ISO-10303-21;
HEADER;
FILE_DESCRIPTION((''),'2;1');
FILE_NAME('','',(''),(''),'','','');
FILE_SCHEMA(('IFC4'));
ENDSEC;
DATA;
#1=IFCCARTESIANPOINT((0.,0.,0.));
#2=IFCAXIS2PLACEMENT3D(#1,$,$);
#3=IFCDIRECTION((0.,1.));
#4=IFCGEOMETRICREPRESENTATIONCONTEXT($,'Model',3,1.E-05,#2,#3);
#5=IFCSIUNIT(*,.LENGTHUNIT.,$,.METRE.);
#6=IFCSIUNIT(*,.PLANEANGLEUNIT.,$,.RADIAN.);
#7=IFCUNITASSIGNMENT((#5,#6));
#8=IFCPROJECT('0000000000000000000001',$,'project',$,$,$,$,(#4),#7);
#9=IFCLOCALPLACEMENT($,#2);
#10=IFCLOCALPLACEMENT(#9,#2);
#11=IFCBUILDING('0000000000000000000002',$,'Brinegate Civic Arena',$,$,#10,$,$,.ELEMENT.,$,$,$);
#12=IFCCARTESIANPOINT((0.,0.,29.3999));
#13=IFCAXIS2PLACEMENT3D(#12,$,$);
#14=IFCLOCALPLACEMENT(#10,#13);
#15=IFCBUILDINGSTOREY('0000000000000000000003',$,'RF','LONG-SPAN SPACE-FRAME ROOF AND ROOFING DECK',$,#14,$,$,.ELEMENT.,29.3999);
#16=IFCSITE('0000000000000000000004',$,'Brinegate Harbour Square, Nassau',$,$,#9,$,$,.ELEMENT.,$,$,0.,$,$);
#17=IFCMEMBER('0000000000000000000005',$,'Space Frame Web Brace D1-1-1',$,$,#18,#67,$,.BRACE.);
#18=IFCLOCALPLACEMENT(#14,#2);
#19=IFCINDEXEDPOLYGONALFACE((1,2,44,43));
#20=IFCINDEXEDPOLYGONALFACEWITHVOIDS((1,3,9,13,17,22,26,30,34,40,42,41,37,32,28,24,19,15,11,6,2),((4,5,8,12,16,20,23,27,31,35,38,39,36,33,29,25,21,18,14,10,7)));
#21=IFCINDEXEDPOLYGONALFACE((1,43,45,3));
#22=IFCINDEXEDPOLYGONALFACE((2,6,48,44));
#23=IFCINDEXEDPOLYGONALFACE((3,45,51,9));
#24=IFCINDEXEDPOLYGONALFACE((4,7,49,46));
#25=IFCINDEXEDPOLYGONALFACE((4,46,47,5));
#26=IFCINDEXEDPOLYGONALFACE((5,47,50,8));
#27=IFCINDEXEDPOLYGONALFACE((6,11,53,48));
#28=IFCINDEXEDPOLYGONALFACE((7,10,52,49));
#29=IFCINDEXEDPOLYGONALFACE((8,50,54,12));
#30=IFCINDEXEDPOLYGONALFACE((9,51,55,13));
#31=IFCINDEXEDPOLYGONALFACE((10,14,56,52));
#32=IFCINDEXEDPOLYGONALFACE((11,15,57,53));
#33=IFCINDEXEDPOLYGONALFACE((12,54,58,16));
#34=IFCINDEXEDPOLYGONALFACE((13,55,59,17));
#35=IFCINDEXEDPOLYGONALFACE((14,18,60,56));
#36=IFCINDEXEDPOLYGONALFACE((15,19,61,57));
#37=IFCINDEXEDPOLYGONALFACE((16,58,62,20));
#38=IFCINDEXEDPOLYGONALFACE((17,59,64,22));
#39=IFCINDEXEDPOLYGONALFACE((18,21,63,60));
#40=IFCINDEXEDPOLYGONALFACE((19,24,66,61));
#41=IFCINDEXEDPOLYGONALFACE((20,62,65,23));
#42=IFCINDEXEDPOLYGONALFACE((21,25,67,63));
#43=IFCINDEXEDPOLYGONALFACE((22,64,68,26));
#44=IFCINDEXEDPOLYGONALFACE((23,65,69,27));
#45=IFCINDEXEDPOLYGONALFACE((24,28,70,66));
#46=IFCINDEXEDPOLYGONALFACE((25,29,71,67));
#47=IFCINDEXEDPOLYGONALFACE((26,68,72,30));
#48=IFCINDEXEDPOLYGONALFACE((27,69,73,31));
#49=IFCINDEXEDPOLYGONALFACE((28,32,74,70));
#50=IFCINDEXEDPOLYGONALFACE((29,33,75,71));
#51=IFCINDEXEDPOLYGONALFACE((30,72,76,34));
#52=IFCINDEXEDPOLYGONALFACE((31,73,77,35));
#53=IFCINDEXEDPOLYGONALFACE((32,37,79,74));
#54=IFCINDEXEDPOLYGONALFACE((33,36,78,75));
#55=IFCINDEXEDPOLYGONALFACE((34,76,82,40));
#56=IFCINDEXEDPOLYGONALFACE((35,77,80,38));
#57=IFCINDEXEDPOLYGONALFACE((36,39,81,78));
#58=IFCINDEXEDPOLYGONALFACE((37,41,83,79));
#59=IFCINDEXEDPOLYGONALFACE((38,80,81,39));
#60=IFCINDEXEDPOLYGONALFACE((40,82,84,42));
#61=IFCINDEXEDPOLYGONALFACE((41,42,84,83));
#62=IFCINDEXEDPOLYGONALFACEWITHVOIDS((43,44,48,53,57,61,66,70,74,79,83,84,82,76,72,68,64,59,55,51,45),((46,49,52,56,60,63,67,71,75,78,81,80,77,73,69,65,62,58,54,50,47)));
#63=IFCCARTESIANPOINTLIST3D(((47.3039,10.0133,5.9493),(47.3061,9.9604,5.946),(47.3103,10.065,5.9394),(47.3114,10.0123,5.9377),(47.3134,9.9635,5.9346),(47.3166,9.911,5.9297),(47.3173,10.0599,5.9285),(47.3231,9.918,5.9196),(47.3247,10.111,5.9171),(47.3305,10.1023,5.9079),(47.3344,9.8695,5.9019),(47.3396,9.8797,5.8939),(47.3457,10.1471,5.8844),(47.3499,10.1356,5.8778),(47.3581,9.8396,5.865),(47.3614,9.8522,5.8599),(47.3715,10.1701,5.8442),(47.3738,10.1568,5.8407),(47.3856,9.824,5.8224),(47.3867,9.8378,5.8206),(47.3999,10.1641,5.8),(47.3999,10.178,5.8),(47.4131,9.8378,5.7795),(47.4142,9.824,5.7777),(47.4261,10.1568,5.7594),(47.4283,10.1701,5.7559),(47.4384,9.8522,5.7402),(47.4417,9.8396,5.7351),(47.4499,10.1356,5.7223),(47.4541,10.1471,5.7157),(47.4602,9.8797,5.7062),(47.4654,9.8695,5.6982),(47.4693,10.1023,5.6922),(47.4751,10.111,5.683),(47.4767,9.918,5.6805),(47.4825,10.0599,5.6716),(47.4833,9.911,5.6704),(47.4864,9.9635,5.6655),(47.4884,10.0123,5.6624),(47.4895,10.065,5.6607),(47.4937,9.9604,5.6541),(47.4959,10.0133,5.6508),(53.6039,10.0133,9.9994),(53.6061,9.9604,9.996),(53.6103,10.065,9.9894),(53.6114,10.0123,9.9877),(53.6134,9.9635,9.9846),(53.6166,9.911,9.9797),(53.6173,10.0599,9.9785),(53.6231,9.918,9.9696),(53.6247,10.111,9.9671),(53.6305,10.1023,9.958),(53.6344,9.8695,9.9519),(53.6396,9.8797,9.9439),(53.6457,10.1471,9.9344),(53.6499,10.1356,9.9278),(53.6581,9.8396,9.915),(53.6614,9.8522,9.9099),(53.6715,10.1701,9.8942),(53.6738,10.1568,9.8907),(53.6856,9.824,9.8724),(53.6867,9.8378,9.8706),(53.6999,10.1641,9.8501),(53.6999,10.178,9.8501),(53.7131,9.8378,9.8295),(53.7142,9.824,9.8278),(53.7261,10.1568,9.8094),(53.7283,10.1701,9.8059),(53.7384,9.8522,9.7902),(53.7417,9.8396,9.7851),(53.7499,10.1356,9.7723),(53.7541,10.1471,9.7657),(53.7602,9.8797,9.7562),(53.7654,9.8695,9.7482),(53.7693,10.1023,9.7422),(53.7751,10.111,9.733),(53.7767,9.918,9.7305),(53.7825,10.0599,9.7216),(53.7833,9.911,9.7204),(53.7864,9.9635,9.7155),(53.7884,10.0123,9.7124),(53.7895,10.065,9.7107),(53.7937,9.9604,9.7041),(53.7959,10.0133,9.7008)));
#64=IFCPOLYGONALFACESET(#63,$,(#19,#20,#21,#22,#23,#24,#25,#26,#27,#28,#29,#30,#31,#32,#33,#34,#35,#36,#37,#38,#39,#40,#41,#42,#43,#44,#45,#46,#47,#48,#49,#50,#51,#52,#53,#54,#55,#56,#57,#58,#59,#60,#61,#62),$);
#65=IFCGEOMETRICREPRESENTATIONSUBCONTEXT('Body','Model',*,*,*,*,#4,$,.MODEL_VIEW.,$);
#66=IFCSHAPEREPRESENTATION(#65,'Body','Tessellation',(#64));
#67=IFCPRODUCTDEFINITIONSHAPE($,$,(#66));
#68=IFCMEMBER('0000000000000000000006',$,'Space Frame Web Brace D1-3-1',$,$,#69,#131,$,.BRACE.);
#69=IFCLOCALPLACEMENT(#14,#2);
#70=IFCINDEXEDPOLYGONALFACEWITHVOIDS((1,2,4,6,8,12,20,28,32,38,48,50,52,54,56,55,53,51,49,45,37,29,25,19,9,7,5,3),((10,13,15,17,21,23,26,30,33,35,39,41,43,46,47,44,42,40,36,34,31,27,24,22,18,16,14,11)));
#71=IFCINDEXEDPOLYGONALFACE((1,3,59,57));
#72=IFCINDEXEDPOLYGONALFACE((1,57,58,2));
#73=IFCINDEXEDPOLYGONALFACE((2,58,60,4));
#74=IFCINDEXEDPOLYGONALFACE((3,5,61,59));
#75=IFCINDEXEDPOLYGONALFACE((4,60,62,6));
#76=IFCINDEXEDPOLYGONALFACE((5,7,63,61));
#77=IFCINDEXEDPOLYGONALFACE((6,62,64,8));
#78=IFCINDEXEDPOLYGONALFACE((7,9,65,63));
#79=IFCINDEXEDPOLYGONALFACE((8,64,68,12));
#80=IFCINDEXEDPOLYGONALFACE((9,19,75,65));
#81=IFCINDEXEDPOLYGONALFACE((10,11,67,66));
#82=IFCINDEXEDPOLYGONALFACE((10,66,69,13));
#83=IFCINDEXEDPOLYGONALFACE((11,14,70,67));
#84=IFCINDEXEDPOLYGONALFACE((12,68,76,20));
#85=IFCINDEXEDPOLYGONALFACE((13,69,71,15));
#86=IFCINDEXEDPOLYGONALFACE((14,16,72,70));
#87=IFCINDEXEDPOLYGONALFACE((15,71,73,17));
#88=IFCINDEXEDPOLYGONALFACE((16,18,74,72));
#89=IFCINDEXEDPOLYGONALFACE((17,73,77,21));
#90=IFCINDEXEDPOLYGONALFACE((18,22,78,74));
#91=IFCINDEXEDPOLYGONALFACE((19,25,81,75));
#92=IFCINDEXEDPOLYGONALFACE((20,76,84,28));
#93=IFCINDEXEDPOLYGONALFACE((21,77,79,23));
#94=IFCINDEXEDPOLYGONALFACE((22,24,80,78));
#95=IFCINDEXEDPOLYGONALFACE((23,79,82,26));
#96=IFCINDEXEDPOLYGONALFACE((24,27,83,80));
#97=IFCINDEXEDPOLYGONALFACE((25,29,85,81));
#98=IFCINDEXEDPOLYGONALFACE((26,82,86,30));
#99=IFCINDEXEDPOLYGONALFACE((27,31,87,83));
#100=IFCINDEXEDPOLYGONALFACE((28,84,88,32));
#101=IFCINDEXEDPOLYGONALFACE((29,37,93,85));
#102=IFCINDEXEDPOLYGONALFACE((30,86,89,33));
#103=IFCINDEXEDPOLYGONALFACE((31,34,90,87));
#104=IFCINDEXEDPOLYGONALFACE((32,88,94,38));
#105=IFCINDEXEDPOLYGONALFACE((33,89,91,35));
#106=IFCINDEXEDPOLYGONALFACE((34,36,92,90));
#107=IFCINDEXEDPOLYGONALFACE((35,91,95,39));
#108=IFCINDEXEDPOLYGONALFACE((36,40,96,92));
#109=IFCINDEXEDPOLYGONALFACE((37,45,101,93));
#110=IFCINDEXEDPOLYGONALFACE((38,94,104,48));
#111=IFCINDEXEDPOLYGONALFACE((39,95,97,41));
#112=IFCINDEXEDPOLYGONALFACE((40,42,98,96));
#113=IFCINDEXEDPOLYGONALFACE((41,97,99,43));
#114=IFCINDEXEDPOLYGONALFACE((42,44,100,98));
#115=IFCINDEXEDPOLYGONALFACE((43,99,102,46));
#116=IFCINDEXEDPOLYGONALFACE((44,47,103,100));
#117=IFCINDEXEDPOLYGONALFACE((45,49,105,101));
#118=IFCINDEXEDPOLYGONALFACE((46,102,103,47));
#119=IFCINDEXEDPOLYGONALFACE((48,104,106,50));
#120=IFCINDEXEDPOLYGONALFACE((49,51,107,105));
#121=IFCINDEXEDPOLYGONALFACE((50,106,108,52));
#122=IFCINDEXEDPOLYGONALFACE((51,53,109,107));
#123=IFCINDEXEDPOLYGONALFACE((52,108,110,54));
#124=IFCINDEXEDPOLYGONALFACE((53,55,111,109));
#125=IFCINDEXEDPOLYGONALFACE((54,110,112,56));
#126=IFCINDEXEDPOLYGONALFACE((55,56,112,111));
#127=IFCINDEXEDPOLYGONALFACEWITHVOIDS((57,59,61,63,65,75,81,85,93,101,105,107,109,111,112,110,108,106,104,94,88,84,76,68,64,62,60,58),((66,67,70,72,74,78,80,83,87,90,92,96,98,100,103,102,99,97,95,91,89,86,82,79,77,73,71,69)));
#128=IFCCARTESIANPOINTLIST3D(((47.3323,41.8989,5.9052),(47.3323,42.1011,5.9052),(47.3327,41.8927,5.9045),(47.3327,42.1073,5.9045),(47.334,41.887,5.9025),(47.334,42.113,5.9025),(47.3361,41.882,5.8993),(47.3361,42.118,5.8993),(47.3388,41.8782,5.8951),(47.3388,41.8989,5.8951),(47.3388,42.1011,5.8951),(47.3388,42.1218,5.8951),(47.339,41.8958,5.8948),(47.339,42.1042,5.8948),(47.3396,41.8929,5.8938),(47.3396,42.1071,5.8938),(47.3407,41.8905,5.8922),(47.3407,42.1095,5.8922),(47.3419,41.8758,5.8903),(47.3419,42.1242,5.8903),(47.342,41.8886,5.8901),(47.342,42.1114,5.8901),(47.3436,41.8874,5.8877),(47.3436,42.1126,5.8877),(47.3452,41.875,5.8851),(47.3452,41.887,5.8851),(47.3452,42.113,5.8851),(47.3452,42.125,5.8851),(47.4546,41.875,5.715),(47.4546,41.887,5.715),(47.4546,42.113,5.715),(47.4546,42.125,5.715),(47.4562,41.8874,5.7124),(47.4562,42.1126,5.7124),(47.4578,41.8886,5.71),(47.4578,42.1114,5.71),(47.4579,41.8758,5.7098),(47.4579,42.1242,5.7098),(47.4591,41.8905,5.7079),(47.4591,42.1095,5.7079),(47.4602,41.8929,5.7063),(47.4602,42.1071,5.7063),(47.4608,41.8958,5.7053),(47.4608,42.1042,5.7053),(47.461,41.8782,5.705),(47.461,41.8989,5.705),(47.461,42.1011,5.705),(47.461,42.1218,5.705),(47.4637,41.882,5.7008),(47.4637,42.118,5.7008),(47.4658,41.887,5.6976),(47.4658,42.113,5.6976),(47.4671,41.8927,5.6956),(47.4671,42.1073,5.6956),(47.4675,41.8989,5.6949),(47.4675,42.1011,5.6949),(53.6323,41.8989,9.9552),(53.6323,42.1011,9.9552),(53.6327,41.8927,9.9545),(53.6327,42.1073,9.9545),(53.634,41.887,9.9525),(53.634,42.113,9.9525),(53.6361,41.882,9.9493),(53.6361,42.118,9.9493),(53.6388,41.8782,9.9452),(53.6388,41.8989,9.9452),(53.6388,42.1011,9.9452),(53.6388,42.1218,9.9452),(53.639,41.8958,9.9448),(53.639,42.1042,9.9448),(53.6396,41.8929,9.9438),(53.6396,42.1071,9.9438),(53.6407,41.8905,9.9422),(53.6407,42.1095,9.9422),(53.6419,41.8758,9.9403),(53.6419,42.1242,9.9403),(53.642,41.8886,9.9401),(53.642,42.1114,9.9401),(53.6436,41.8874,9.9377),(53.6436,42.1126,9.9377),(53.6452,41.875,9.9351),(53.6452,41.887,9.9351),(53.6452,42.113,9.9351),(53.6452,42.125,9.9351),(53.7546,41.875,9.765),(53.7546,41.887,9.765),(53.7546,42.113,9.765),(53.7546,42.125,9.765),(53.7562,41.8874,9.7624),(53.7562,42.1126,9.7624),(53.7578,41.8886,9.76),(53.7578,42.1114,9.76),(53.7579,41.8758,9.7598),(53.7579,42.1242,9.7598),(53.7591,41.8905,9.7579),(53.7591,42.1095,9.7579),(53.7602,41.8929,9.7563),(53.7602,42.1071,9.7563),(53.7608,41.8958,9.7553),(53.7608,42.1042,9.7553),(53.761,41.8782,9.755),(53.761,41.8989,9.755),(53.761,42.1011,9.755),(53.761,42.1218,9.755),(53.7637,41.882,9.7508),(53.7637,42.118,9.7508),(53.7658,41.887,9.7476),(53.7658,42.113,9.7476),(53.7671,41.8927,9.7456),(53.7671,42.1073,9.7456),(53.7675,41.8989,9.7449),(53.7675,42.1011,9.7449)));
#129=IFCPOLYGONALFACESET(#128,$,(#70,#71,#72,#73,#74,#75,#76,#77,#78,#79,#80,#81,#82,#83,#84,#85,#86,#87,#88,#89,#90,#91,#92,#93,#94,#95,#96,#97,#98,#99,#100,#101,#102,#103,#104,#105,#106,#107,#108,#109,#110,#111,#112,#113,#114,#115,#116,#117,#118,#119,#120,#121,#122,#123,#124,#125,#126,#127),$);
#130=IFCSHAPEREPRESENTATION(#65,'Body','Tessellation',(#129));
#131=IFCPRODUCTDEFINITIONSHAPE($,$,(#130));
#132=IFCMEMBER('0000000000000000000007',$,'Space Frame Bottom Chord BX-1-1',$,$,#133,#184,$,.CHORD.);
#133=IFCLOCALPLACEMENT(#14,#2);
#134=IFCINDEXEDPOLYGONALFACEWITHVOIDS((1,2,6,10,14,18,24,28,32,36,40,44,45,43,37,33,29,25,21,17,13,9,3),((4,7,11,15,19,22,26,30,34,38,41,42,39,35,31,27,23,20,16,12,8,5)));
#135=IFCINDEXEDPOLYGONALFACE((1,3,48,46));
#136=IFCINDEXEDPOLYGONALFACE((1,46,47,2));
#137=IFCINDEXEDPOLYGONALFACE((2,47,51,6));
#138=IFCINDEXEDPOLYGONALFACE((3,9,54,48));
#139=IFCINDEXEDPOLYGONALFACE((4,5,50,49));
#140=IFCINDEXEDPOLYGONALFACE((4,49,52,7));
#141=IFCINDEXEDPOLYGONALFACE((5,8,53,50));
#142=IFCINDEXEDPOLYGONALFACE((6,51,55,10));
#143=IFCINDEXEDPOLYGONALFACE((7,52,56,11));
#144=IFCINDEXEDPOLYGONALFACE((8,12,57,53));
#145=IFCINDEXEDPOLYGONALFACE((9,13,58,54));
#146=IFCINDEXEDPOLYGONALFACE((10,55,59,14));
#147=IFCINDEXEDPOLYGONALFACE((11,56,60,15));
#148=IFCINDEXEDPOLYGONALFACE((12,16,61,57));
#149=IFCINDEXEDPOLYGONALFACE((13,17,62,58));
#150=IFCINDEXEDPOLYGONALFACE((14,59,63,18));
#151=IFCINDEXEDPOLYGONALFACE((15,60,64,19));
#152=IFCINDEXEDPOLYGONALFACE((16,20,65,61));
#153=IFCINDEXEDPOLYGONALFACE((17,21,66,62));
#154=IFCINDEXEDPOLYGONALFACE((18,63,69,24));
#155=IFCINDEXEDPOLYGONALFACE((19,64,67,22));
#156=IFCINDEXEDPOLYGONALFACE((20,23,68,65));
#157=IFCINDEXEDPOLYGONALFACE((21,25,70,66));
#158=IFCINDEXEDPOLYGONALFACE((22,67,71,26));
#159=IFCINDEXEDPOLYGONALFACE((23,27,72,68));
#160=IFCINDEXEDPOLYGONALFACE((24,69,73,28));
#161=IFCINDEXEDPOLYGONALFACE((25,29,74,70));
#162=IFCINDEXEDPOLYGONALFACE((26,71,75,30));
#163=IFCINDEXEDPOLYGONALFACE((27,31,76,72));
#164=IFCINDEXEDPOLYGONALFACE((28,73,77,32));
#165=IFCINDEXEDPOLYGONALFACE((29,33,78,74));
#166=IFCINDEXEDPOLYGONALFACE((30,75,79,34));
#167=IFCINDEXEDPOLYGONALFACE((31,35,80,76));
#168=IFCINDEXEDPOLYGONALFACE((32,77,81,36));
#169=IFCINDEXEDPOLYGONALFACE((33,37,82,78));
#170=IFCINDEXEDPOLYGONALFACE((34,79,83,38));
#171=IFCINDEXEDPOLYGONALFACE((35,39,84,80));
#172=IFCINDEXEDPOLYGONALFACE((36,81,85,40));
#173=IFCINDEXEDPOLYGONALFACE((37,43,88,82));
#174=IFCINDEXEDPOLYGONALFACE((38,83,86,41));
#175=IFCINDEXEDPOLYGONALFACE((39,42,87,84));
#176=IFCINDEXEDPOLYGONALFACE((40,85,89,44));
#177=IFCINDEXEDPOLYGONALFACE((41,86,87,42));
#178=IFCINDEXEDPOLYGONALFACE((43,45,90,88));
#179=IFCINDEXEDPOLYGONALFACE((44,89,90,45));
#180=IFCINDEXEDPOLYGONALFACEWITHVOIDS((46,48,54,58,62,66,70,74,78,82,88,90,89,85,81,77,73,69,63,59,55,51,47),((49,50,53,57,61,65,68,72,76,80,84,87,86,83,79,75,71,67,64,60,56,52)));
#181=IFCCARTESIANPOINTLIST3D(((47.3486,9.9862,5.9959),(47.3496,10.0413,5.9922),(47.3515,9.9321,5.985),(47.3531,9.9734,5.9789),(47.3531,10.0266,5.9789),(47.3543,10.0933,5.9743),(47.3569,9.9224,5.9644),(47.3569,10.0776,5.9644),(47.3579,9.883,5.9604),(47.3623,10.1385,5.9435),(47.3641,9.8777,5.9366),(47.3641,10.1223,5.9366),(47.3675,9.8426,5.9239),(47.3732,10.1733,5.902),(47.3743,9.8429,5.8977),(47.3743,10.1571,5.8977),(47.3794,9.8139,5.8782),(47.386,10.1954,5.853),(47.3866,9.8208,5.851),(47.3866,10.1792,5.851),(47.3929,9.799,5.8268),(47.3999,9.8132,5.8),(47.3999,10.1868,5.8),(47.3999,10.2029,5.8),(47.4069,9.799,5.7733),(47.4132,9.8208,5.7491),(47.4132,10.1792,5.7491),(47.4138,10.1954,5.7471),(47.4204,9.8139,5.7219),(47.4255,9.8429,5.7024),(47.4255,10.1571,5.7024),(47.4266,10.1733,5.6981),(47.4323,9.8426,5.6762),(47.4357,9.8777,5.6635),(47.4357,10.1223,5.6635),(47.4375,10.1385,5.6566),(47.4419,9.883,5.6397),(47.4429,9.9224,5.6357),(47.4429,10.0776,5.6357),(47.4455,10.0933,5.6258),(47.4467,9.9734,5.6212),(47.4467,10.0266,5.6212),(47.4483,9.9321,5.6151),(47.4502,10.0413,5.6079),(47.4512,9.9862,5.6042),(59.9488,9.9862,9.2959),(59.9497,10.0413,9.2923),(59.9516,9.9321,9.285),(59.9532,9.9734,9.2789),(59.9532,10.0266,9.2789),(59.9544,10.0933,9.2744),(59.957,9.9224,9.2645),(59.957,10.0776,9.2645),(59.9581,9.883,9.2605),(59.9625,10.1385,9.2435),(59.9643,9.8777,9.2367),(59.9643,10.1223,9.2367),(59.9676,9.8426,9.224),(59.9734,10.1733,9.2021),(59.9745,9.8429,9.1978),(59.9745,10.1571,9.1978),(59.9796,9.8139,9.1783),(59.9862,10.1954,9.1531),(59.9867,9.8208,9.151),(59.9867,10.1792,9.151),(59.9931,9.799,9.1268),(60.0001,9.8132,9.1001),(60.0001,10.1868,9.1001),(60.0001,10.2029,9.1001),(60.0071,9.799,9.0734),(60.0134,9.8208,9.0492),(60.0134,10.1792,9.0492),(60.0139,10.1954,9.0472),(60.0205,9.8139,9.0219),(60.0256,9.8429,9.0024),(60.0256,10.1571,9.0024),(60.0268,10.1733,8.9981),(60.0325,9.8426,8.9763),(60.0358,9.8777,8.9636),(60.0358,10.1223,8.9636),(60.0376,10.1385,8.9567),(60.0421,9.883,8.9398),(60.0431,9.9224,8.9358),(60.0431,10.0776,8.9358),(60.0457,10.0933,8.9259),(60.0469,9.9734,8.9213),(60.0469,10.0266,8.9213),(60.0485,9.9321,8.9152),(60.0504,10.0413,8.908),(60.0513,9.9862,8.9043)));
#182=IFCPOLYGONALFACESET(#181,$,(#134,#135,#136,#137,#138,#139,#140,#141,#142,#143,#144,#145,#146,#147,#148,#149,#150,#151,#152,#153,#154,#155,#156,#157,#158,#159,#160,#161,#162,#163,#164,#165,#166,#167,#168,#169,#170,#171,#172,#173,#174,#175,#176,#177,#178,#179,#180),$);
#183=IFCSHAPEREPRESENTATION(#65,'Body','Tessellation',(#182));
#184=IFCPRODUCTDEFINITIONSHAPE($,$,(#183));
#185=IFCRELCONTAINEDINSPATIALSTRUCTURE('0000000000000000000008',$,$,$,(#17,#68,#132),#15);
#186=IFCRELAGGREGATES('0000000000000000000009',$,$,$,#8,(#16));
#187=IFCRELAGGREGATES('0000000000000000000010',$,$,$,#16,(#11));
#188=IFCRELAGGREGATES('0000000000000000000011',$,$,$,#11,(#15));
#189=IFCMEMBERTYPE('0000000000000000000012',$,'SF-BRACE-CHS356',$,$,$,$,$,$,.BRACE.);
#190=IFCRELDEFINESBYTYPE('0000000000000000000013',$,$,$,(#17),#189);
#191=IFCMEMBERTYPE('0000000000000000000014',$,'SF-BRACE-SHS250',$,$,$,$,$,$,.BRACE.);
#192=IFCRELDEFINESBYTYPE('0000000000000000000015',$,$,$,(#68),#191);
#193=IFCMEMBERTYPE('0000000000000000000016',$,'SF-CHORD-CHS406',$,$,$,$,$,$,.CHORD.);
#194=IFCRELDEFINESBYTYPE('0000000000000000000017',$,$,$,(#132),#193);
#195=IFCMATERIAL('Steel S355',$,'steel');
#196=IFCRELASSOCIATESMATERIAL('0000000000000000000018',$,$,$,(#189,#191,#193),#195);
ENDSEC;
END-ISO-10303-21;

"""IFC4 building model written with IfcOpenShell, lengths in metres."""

from ifc_helpers import new_model, si_unit, direction, frame, origin, origin_2d, place, context, subcontext, project, spatial, hollow_rectangle, hollow_circle, extrude, material, material_profile, profile_set, type_object, element, save


model = new_model("IFC4")

# Units and contexts
model_context = context("Model", 3, precision=1e-05, world=origin(), true_north=direction((0.0, 1.0)))
body_context = subcontext(model_context, "Body", "Model", "MODEL_VIEW")
ifc_project = project(units=[si_unit("LENGTHUNIT", "METRE"), si_unit("PLANEANGLEUNIT", "RADIAN")], contexts=[model_context])

# Site, building, storey
site_placement = place(None, origin())
site = spatial("IfcSite", under=ifc_project, at=site_placement, Name="Brinegate Harbour Square, Nassau", CompositionType="ELEMENT", RefElevation=0.0)
building_placement = place(site_placement, origin())
building = spatial("IfcBuilding", under=site, at=building_placement, Name="Brinegate Civic Arena", CompositionType="ELEMENT")
storey_placement = place(building_placement, frame((0.0, 0.0, 29.3999)))
storey = spatial("IfcBuildingStorey", under=building, at=storey_placement, Name="RF", Description="LONG-SPAN SPACE-FRAME ROOF AND ROOFING DECK", CompositionType="ELEMENT", Elevation=29.3999)

# Members
ifc_material_1 = material(Name="Steel S355", Category="steel")
ifc_material_profile_1 = material_profile(ifc_material_1, hollow_circle(Radius=0.178, WallThickness=0.0139, at=origin_2d()), Name="CHS356X14")
ifc_profile_set_1 = profile_set([ifc_material_profile_1], Name="Steel S355")
member_type_1 = type_object("IfcMemberType", Name="SF-BRACE-CHS356", PredefinedType="BRACE", material=ifc_profile_set_1)
member_1_placement = place(storey_placement, frame((47.3999, 10.0, 5.8), z_axis=(0.841177, 0.0, 0.540759), x_axis=(0.0, 1.0, 0.0)))
element("IfcMember", 1, at=member_1_placement, inside=storey, type_object=member_type_1, Name="Space Frame Web Brace D1-1-1", PredefinedType="BRACE", context=body_context, shape_type="SweptSolid", body=[
    extrude(hollow_circle(Radius=0.178, WallThickness=0.0139, at=origin_2d()), origin(), (0.0, 0.0, 1.0), 7.4895),
])
ifc_material_profile_2 = material_profile(ifc_material_1, hollow_rectangle(XDim=0.25, YDim=0.25, WallThickness=0.012, InnerFilletRadius=0.012, OuterFilletRadius=0.0239, at=origin_2d()), Name="SHS250X12")
ifc_profile_set_2 = profile_set([ifc_material_profile_2], Name="Steel S355")
member_type_2 = type_object("IfcMemberType", Name="SF-BRACE-SHS250", PredefinedType="BRACE", material=ifc_profile_set_2)
member_2_placement = place(storey_placement, frame((47.3999, 42.0, 5.8), z_axis=(0.841177, 0.0, 0.540759), x_axis=(0.0, 1.0, 0.0)))
element("IfcMember", 2, at=member_2_placement, inside=storey, type_object=member_type_2, Name="Space Frame Web Brace D1-3-1", PredefinedType="BRACE", context=body_context, shape_type="SweptSolid", body=[
    extrude(hollow_rectangle(XDim=0.25, YDim=0.25, WallThickness=0.012, InnerFilletRadius=0.012, OuterFilletRadius=0.0239, at=origin_2d()), origin(), (0.0, 0.0, 1.0), 7.4895),
])
ifc_material_profile_3 = material_profile(ifc_material_1, hollow_circle(Radius=0.2029, WallThickness=0.0161, at=origin_2d()), Name="CHS406X16")
ifc_profile_set_3 = profile_set([ifc_material_profile_3], Name="Steel S355")
member_type_3 = type_object("IfcMemberType", Name="SF-CHORD-CHS406", PredefinedType="CHORD", material=ifc_profile_set_3)
member_3_placement = place(storey_placement, frame((47.3999, 10.0, 5.8), z_axis=(0.967372, 0.0, 0.253361), x_axis=(0.0, 1.0, 0.0)))
element("IfcMember", 3, at=member_3_placement, inside=storey, type_object=member_type_3, Name="Space Frame Bottom Chord BX-1-1", PredefinedType="CHORD", context=body_context, shape_type="SweptSolid", body=[
    extrude(hollow_circle(Radius=0.2029, WallThickness=0.0161, at=origin_2d()), origin(), (0.0, 0.0, 1.0), 13.0251),
])

save(model, "model.ifc")
